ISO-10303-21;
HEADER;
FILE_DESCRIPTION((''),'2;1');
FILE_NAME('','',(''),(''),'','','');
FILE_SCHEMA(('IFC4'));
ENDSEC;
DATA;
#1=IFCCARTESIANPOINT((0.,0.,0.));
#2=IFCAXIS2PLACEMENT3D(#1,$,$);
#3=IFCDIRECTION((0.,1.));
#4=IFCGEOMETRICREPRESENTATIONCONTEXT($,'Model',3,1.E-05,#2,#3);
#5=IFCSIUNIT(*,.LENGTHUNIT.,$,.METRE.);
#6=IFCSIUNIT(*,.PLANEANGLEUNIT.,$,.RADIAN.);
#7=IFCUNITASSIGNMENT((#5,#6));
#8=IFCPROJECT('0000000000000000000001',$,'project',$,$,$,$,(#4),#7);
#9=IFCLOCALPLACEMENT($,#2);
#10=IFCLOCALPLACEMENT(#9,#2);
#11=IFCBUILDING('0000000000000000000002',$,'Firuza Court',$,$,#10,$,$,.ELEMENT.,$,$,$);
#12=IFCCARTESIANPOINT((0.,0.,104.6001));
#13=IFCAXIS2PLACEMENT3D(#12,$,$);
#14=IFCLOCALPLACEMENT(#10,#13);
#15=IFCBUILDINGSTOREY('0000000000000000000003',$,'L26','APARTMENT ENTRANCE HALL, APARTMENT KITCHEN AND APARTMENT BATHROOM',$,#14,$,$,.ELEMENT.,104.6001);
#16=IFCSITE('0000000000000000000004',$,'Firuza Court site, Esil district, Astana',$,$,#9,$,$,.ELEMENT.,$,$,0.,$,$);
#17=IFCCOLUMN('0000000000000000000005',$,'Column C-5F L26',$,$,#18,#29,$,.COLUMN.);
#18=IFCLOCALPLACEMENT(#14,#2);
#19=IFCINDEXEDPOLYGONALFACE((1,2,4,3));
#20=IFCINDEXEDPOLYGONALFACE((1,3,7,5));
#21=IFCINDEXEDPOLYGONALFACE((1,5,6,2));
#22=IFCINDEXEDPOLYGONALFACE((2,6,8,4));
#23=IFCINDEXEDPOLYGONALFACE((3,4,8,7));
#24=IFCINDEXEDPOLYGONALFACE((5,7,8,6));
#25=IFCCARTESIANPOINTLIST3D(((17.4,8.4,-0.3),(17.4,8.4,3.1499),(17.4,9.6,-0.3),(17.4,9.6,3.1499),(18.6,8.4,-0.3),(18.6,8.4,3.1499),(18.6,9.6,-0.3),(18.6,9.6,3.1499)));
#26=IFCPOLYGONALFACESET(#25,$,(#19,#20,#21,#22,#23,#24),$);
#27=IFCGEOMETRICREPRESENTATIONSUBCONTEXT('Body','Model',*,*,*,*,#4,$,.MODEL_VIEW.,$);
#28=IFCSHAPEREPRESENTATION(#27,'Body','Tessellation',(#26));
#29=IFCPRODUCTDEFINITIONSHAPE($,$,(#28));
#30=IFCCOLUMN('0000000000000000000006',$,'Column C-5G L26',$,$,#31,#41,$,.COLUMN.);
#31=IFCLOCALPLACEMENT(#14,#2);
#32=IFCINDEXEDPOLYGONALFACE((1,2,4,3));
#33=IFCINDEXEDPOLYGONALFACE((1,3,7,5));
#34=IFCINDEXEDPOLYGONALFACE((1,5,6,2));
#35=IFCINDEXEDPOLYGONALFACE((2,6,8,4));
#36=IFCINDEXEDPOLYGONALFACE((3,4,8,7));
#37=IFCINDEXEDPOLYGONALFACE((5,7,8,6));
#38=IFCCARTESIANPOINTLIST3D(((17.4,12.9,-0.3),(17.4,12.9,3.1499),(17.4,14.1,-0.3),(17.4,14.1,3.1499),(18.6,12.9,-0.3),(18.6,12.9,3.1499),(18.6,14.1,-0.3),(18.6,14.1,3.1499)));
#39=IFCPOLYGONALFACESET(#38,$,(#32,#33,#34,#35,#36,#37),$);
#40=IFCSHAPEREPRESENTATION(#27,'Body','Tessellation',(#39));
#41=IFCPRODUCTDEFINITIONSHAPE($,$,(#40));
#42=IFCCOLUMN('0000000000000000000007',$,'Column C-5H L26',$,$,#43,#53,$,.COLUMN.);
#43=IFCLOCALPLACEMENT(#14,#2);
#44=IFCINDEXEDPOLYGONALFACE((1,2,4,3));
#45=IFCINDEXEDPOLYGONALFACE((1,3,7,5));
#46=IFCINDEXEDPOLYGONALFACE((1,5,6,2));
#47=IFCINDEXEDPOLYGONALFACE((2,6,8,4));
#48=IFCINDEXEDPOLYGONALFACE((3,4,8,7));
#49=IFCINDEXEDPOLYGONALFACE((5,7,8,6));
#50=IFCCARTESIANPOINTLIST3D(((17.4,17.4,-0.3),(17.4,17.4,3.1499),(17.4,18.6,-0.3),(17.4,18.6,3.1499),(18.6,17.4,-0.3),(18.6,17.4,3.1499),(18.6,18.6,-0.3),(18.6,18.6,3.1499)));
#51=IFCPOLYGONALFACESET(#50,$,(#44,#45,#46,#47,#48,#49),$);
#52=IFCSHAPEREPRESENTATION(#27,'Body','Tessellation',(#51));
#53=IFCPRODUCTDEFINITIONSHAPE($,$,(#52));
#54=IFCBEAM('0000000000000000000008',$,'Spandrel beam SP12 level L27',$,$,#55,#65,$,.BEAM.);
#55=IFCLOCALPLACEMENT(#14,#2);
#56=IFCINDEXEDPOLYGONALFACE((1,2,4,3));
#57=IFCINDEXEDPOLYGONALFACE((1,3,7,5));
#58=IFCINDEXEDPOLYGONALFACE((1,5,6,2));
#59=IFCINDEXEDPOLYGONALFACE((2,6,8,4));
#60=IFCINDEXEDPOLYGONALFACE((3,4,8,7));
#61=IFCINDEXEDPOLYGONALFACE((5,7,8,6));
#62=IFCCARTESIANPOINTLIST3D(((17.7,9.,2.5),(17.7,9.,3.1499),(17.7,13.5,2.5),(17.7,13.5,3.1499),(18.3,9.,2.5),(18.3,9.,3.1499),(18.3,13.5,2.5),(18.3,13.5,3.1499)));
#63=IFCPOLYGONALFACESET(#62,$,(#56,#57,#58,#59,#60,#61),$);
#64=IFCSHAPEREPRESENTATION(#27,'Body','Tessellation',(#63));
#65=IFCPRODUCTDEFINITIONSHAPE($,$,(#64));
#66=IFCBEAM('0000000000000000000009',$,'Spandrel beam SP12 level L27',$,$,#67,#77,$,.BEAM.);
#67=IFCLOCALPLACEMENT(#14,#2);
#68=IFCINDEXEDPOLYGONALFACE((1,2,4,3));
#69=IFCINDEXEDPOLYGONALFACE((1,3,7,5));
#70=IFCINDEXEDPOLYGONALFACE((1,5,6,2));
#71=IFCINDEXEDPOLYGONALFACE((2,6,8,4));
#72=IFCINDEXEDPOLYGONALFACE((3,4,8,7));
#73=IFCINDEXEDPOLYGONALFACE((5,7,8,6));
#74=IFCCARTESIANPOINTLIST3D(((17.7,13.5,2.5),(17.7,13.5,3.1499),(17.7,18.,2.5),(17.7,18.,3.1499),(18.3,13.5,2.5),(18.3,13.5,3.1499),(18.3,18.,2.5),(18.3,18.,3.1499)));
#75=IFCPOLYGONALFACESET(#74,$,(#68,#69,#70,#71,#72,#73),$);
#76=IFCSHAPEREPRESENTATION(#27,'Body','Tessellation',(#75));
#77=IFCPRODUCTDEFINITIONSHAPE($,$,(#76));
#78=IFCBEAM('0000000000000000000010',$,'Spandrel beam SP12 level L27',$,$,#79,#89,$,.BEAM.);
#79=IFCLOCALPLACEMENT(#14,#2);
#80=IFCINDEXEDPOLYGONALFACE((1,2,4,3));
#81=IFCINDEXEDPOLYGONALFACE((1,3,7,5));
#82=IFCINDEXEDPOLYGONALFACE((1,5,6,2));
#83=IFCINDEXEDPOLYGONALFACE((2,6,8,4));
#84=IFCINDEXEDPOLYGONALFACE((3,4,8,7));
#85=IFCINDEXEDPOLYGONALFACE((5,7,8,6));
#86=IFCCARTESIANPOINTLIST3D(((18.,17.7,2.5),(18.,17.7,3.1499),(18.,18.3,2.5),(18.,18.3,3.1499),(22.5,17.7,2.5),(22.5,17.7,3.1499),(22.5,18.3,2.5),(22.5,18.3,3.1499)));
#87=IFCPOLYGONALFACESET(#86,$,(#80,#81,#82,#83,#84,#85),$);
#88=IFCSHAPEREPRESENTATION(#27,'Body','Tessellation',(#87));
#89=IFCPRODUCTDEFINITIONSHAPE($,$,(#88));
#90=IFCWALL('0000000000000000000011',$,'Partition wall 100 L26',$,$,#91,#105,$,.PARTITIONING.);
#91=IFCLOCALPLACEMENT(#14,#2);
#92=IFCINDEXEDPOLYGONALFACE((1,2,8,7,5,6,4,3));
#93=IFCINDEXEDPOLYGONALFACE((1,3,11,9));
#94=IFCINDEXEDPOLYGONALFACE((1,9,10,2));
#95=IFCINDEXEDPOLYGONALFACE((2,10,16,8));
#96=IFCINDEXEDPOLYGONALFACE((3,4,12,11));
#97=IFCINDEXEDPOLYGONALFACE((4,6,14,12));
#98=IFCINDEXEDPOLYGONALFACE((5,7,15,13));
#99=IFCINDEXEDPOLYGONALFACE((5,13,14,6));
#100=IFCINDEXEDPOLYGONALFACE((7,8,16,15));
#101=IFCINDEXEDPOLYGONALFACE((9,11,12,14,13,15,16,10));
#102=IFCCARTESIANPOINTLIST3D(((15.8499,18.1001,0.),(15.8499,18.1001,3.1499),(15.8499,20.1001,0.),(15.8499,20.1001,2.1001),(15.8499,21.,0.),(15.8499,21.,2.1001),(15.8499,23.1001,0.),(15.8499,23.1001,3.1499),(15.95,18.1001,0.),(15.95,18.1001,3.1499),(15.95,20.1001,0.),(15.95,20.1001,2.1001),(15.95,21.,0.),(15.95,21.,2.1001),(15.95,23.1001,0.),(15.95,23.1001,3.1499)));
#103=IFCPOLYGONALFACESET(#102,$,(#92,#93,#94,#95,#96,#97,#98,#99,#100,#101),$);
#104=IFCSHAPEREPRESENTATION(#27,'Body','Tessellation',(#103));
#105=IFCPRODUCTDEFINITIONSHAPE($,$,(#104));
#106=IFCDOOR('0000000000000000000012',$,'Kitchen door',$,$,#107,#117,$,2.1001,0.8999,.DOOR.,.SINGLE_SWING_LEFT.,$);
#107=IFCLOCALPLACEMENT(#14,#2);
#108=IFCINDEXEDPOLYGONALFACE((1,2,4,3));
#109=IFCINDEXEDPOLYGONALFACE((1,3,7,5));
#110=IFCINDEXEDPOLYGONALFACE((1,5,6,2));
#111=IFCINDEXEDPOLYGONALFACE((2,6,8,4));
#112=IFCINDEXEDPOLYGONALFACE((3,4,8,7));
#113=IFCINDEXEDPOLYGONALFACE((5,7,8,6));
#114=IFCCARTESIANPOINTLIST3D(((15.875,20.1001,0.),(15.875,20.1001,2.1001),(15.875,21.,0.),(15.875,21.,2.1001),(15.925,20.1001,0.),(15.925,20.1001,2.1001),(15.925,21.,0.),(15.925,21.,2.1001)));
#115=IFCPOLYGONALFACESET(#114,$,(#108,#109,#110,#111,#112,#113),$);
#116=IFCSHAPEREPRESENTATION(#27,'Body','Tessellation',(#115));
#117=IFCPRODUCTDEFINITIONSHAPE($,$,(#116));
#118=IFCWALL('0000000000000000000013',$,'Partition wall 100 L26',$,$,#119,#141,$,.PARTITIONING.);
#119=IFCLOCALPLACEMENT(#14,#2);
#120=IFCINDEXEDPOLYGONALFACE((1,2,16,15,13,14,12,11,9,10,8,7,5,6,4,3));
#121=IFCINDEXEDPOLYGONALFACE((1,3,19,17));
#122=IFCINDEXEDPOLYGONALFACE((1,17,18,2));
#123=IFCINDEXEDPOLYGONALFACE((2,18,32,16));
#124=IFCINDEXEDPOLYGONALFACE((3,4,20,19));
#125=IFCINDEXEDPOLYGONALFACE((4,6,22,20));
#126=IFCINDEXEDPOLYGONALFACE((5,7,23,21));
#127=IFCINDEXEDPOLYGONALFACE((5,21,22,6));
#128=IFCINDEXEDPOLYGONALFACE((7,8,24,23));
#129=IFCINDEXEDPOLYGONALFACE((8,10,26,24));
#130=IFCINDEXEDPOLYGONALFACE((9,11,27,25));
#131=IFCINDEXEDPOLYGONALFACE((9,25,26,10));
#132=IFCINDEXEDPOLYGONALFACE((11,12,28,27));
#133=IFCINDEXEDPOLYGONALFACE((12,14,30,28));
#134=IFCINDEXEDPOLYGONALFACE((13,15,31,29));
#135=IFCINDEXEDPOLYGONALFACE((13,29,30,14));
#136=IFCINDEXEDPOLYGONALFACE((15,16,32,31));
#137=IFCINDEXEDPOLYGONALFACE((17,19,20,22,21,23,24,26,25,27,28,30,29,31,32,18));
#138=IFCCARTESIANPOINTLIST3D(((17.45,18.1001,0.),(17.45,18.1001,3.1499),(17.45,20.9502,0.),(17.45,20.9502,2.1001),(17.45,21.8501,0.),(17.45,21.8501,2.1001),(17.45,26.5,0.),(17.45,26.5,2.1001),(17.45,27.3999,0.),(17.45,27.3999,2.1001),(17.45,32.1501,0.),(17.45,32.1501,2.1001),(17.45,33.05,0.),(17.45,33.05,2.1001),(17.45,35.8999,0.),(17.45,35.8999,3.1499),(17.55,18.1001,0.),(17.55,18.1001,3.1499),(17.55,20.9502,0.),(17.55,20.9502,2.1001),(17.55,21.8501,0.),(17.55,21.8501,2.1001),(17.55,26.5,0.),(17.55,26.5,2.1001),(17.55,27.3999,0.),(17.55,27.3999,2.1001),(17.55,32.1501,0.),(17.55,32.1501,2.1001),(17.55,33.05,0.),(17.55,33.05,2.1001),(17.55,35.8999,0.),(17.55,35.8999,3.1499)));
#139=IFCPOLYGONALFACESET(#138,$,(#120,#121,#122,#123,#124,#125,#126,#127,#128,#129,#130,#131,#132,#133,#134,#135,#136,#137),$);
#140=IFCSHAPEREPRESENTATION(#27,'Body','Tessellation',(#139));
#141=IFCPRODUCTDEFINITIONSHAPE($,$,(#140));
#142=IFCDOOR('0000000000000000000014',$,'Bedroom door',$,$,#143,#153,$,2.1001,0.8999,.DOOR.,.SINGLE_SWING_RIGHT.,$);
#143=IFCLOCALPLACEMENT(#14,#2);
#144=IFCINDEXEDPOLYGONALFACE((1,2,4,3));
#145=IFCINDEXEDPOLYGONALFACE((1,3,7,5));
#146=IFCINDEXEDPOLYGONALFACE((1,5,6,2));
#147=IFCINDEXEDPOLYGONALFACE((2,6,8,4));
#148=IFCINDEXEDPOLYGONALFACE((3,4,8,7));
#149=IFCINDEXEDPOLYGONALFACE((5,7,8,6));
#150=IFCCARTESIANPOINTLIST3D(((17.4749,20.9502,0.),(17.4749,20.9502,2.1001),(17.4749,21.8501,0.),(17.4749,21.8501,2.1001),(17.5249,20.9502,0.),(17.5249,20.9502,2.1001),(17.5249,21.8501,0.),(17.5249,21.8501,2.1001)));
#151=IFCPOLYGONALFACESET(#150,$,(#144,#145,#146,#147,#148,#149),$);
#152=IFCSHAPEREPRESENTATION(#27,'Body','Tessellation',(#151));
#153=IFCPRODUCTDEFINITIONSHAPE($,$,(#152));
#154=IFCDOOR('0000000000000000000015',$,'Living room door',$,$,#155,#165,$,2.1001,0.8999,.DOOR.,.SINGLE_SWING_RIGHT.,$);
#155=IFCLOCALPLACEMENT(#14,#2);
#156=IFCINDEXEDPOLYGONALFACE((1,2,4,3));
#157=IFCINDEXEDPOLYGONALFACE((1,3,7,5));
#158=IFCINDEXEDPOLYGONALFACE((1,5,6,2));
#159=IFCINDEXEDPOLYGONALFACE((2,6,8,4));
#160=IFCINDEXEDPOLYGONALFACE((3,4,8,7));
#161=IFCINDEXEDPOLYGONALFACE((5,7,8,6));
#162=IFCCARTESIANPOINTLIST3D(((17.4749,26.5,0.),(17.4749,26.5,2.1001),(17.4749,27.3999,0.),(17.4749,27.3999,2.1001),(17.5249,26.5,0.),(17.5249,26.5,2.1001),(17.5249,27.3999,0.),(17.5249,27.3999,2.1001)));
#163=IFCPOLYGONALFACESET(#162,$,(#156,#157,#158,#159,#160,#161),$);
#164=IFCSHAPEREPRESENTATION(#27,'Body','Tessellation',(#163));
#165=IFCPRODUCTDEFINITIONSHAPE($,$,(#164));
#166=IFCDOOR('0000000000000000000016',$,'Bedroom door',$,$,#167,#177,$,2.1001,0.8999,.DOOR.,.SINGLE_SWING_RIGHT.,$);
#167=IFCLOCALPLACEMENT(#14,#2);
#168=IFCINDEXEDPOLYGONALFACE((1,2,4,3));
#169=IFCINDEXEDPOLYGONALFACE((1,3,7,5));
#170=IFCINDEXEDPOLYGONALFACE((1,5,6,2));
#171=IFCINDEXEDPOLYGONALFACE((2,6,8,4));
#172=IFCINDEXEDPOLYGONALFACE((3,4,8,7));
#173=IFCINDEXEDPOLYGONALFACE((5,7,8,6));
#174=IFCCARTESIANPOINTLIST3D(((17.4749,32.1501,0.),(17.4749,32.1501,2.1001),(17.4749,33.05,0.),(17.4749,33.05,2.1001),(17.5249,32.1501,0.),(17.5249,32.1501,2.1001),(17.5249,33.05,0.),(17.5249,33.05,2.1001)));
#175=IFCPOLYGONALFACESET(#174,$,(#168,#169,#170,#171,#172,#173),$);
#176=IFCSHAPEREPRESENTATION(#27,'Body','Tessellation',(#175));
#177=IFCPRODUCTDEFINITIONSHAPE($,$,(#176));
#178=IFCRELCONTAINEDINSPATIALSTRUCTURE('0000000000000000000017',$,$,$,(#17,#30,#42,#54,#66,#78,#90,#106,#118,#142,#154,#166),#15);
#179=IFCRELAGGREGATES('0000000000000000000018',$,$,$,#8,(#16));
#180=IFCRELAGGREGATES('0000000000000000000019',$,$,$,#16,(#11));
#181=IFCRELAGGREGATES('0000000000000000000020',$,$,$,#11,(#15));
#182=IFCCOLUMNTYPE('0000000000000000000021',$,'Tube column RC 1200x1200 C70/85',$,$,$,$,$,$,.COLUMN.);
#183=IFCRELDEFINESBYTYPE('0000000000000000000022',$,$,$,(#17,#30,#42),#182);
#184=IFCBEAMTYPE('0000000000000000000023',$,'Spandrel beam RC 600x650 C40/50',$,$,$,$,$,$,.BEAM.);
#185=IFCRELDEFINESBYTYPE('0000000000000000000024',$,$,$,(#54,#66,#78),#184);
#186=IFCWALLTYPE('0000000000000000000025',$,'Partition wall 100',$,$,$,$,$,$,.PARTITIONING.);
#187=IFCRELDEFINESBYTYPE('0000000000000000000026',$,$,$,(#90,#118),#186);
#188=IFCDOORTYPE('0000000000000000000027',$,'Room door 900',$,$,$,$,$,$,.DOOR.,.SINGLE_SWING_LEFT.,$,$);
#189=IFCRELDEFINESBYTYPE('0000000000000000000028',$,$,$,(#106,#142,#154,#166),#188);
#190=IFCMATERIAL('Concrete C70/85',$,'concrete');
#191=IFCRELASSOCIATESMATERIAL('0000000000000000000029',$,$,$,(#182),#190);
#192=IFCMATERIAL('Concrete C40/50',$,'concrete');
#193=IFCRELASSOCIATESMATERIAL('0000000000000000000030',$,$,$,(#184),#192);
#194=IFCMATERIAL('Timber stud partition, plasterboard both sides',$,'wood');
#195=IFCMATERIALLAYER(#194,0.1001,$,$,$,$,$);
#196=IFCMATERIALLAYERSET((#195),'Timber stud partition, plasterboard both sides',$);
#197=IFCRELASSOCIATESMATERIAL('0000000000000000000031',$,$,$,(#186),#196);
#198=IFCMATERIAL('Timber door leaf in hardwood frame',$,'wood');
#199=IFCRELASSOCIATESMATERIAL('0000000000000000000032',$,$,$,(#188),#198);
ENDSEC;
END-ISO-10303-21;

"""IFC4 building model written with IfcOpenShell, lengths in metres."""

from ifc_helpers import new_model, si_unit, direction, frame, frame_2d, origin, origin_2d, place, context, subcontext, project, spatial, rectangle, extrude, material, layer, layer_set, material_profile, profile_set, type_object, element, fill, save


model = new_model("IFC4")

# Units and contexts
model_context = context("Model", 3, precision=1e-05, world=origin(), true_north=direction((0.0, 1.0)))
body_context = subcontext(model_context, "Body", "Model", "MODEL_VIEW")
ifc_project = project(units=[si_unit("LENGTHUNIT", "METRE"), si_unit("PLANEANGLEUNIT", "RADIAN")], contexts=[model_context])

# Site, building, storey
site_placement = place(None, origin())
site = spatial("IfcSite", under=ifc_project, at=site_placement, Name="Firuza Court site, Esil district, Astana", CompositionType="ELEMENT", RefElevation=0.0)
building_placement = place(site_placement, origin())
building = spatial("IfcBuilding", under=site, at=building_placement, Name="Firuza Court", CompositionType="ELEMENT")
storey_placement = place(building_placement, frame((0.0, 0.0, 104.6001)))
storey = spatial("IfcBuildingStorey", under=building, at=storey_placement, Name="L26", Description="APARTMENT ENTRANCE HALL, APARTMENT KITCHEN AND APARTMENT BATHROOM", CompositionType="ELEMENT", Elevation=104.6001)

# Columns
ifc_material_1 = material(Name="Concrete C70/85", Category="concrete")
ifc_material_profile_1 = material_profile(ifc_material_1, rectangle(XDim=1.2, YDim=1.2, at=origin_2d()), Name="RC 1200x1200")
ifc_profile_set_1 = profile_set([ifc_material_profile_1], Name="Concrete C70/85")
column_type = type_object("IfcColumnType", Name="Tube column RC 1200x1200 C70/85", PredefinedType="COLUMN", material=ifc_profile_set_1)
for number, where, z_axis, x_axis, name in (
    (1, (18.0, 9.0, -0.3), (0.0, 0.0, 1.0), (1.0, 0.0, 0.0), "Column C-5F L26"),
    (2, (18.0, 13.5, -0.3), (0.0, 0.0, 1.0), (1.0, 0.0, 0.0), "Column C-5G L26"),
    (3, (18.0, 18.0, -0.3), (0.0, 0.0, 1.0), (1.0, 0.0, 0.0), "Column C-5H L26"),
):
    element("IfcColumn", number, at=place(storey_placement, frame(where, z_axis=z_axis, x_axis=x_axis)), inside=storey, type_object=column_type, Name=name, PredefinedType="COLUMN", context=body_context, shape_type="SweptSolid", body=[
        extrude(rectangle(XDim=1.2, YDim=1.2, at=origin_2d()), origin(), (0.0, 0.0, 1.0), 3.45),
    ])

# Beams
ifc_material_2 = material(Name="Concrete C40/50", Category="concrete")
ifc_material_profile_2 = material_profile(ifc_material_2, rectangle(XDim=0.6001, YDim=0.6499, at=origin_2d()), Name="RC 600x650")
ifc_profile_set_2 = profile_set([ifc_material_profile_2], Name="Concrete C40/50")
beam_type = type_object("IfcBeamType", Name="Spandrel beam RC 600x650 C40/50", PredefinedType="BEAM", material=ifc_profile_set_2)
for number, where, z_axis, x_axis, name in (
    (4, (18.0, 9.0, 2.825), (0.0, 1.0, 0.0), (-1.0, 0.0, 0.0), "Spandrel beam SP12 level L27"),
    (5, (18.0, 13.5, 2.825), (0.0, 1.0, 0.0), (-1.0, 0.0, 0.0), "Spandrel beam SP12 level L27"),
    (6, (18.0, 18.0, 2.825), (1.0, 0.0, 0.0), (0.0, 1.0, 0.0), "Spandrel beam SP12 level L27"),
):
    element("IfcBeam", number, at=place(storey_placement, frame(where, z_axis=z_axis, x_axis=x_axis)), inside=storey, type_object=beam_type, Name=name, PredefinedType="BEAM", context=body_context, shape_type="SweptSolid", body=[
        extrude(rectangle(XDim=0.6001, YDim=0.6499, at=origin_2d()), origin(), (0.0, 0.0, 1.0), 4.5),
    ])

# Wall, opening, door
ifc_material_3 = material(Name="Timber stud partition, plasterboard both sides", Category="wood")
ifc_layer_1 = layer(ifc_material_3, 0.1001)
ifc_layer_set_1 = layer_set([ifc_layer_1], Name="Timber stud partition, plasterboard both sides")
wall_type_1 = type_object("IfcWallType", Name="Partition wall 100", PredefinedType="PARTITIONING", material=ifc_layer_set_1)
wall_1_placement = place(storey_placement, frame((15.8999, 18.1001, 0.0), z_axis=(0.0, 0.0, 1.0), x_axis=(0.0, 1.0, 0.0)))
wall_1 = element("IfcWall", 7, at=wall_1_placement, inside=storey, type_object=wall_type_1, Name="Partition wall 100 L26", PredefinedType="PARTITIONING", context=body_context, shape_type="SweptSolid", body=[
    extrude(rectangle(XDim=5.0, YDim=0.1001, at=frame_2d((2.5, 0.0))), origin(), (0.0, 0.0, 1.0), 3.1499),
])
opening_1_placement = place(wall_1_placement, frame((2.0, 0.0, 0.0)))
opening_1 = element("IfcOpeningElement", 8, at=opening_1_placement, cuts=wall_1, PredefinedType="OPENING", context=body_context, shape_type="SweptSolid", body=[
    extrude(rectangle(XDim=0.8999, YDim=2.1001, at=frame_2d((0.45, 1.05))), frame((0.0, 0.062, 0.0), z_axis=(0.0, -1.0, 0.0), x_axis=(1.0, 0.0, 0.0)), (0.0, 0.0, 1.0), 0.124),
])
ifc_material_4 = material(Name="Timber door leaf in hardwood frame", Category="wood")
door_type = type_object("IfcDoorType", Name="Room door 900", OperationType="SINGLE_SWING_LEFT", PredefinedType="DOOR", material=ifc_material_4)
door_1_placement = place(opening_1_placement, origin())
door_1 = element("IfcDoor", 9, at=door_1_placement, inside=storey, type_object=door_type, Name="Kitchen door", OperationType="SINGLE_SWING_LEFT", OverallHeight=2.1001, OverallWidth=0.8999, PredefinedType="DOOR", context=body_context, shape_type="SweptSolid", body=[
    extrude(rectangle(XDim=0.8999, YDim=2.1001, at=frame_2d((0.45, 1.05))), frame((0.0, 0.0249, 0.0), z_axis=(0.0, -1.0, 0.0), x_axis=(1.0, 0.0, 0.0)), (0.0, 0.0, 1.0), 0.05),
])
fill(opening_1, door_1)

# Wall, openings, doors
wall_2_placement = place(storey_placement, frame((17.5, 18.1001, 0.0), z_axis=(0.0, 0.0, 1.0), x_axis=(0.0, 1.0, 0.0)))
wall_2 = element("IfcWall", 10, at=wall_2_placement, inside=storey, type_object=wall_type_1, Name="Partition wall 100 L26", PredefinedType="PARTITIONING", context=body_context, shape_type="SweptSolid", body=[
    extrude(rectangle(XDim=17.7998, YDim=0.1001, at=frame_2d((8.8999, 0.0))), origin(), (0.0, 0.0, 1.0), 3.1499),
])
opening_2_placement = place(wall_2_placement, frame((2.8501, 0.0, 0.0)))
opening_2 = element("IfcOpeningElement", 11, at=opening_2_placement, cuts=wall_2, PredefinedType="OPENING", context=body_context, shape_type="SweptSolid", body=[
    extrude(rectangle(XDim=0.8999, YDim=2.1001, at=frame_2d((0.45, 1.05))), frame((0.0, 0.062, 0.0), z_axis=(0.0, -1.0, 0.0), x_axis=(1.0, 0.0, 0.0)), (0.0, 0.0, 1.0), 0.124),
])
opening_3_placement = place(wall_2_placement, frame((8.3999, 0.0, 0.0)))
opening_3 = element("IfcOpeningElement", 12, at=opening_3_placement, cuts=wall_2, PredefinedType="OPENING", context=body_context, shape_type="SweptSolid", body=[
    extrude(rectangle(XDim=0.8999, YDim=2.1001, at=frame_2d((0.45, 1.05))), frame((0.0, 0.062, 0.0), z_axis=(0.0, -1.0, 0.0), x_axis=(1.0, 0.0, 0.0)), (0.0, 0.0, 1.0), 0.124),
])
opening_4_placement = place(wall_2_placement, frame((14.05, 0.0, 0.0)))
opening_4 = element("IfcOpeningElement", 13, at=opening_4_placement, cuts=wall_2, PredefinedType="OPENING", context=body_context, shape_type="SweptSolid", body=[
    extrude(rectangle(XDim=0.8999, YDim=2.1001, at=frame_2d((0.45, 1.05))), frame((0.0, 0.062, 0.0), z_axis=(0.0, -1.0, 0.0), x_axis=(1.0, 0.0, 0.0)), (0.0, 0.0, 1.0), 0.124),
])
door_2_placement = place(opening_2_placement, frame((0.8999, 0.0, 0.0), z_axis=(0.0, 0.0, 1.0), x_axis=(-1.0, 0.0, 0.0)))
door_2 = element("IfcDoor", 14, at=door_2_placement, inside=storey, type_object=door_type, Name="Bedroom door", OperationType="SINGLE_SWING_RIGHT", OverallHeight=2.1001, OverallWidth=0.8999, PredefinedType="DOOR", context=body_context, shape_type="SweptSolid", body=[
    extrude(rectangle(XDim=0.8999, YDim=2.1001, at=frame_2d((0.45, 1.05))), frame((0.0, 0.0249, 0.0), z_axis=(0.0, -1.0, 0.0), x_axis=(1.0, 0.0, 0.0)), (0.0, 0.0, 1.0), 0.05),
])
fill(opening_2, door_2)
door_3_placement = place(opening_3_placement, frame((0.8999, 0.0, 0.0), z_axis=(0.0, 0.0, 1.0), x_axis=(-1.0, 0.0, 0.0)))
door_3 = element("IfcDoor", 15, at=door_3_placement, inside=storey, type_object=door_type, Name="Living room door", OperationType="SINGLE_SWING_RIGHT", OverallHeight=2.1001, OverallWidth=0.8999, PredefinedType="DOOR", context=body_context, shape_type="SweptSolid", body=[
    extrude(rectangle(XDim=0.8999, YDim=2.1001, at=frame_2d((0.45, 1.05))), frame((0.0, 0.0249, 0.0), z_axis=(0.0, -1.0, 0.0), x_axis=(1.0, 0.0, 0.0)), (0.0, 0.0, 1.0), 0.05),
])
fill(opening_3, door_3)
door_4_placement = place(opening_4_placement, frame((0.8999, 0.0, 0.0), z_axis=(0.0, 0.0, 1.0), x_axis=(-1.0, 0.0, 0.0)))
door_4 = element("IfcDoor", 16, at=door_4_placement, inside=storey, type_object=door_type, Name="Bedroom door", OperationType="SINGLE_SWING_RIGHT", OverallHeight=2.1001, OverallWidth=0.8999, PredefinedType="DOOR", context=body_context, shape_type="SweptSolid", body=[
    extrude(rectangle(XDim=0.8999, YDim=2.1001, at=frame_2d((0.45, 1.05))), frame((0.0, 0.0249, 0.0), z_axis=(0.0, -1.0, 0.0), x_axis=(1.0, 0.0, 0.0)), (0.0, 0.0, 1.0), 0.05),
])
fill(opening_4, door_4)

save(model, "model.ifc")
